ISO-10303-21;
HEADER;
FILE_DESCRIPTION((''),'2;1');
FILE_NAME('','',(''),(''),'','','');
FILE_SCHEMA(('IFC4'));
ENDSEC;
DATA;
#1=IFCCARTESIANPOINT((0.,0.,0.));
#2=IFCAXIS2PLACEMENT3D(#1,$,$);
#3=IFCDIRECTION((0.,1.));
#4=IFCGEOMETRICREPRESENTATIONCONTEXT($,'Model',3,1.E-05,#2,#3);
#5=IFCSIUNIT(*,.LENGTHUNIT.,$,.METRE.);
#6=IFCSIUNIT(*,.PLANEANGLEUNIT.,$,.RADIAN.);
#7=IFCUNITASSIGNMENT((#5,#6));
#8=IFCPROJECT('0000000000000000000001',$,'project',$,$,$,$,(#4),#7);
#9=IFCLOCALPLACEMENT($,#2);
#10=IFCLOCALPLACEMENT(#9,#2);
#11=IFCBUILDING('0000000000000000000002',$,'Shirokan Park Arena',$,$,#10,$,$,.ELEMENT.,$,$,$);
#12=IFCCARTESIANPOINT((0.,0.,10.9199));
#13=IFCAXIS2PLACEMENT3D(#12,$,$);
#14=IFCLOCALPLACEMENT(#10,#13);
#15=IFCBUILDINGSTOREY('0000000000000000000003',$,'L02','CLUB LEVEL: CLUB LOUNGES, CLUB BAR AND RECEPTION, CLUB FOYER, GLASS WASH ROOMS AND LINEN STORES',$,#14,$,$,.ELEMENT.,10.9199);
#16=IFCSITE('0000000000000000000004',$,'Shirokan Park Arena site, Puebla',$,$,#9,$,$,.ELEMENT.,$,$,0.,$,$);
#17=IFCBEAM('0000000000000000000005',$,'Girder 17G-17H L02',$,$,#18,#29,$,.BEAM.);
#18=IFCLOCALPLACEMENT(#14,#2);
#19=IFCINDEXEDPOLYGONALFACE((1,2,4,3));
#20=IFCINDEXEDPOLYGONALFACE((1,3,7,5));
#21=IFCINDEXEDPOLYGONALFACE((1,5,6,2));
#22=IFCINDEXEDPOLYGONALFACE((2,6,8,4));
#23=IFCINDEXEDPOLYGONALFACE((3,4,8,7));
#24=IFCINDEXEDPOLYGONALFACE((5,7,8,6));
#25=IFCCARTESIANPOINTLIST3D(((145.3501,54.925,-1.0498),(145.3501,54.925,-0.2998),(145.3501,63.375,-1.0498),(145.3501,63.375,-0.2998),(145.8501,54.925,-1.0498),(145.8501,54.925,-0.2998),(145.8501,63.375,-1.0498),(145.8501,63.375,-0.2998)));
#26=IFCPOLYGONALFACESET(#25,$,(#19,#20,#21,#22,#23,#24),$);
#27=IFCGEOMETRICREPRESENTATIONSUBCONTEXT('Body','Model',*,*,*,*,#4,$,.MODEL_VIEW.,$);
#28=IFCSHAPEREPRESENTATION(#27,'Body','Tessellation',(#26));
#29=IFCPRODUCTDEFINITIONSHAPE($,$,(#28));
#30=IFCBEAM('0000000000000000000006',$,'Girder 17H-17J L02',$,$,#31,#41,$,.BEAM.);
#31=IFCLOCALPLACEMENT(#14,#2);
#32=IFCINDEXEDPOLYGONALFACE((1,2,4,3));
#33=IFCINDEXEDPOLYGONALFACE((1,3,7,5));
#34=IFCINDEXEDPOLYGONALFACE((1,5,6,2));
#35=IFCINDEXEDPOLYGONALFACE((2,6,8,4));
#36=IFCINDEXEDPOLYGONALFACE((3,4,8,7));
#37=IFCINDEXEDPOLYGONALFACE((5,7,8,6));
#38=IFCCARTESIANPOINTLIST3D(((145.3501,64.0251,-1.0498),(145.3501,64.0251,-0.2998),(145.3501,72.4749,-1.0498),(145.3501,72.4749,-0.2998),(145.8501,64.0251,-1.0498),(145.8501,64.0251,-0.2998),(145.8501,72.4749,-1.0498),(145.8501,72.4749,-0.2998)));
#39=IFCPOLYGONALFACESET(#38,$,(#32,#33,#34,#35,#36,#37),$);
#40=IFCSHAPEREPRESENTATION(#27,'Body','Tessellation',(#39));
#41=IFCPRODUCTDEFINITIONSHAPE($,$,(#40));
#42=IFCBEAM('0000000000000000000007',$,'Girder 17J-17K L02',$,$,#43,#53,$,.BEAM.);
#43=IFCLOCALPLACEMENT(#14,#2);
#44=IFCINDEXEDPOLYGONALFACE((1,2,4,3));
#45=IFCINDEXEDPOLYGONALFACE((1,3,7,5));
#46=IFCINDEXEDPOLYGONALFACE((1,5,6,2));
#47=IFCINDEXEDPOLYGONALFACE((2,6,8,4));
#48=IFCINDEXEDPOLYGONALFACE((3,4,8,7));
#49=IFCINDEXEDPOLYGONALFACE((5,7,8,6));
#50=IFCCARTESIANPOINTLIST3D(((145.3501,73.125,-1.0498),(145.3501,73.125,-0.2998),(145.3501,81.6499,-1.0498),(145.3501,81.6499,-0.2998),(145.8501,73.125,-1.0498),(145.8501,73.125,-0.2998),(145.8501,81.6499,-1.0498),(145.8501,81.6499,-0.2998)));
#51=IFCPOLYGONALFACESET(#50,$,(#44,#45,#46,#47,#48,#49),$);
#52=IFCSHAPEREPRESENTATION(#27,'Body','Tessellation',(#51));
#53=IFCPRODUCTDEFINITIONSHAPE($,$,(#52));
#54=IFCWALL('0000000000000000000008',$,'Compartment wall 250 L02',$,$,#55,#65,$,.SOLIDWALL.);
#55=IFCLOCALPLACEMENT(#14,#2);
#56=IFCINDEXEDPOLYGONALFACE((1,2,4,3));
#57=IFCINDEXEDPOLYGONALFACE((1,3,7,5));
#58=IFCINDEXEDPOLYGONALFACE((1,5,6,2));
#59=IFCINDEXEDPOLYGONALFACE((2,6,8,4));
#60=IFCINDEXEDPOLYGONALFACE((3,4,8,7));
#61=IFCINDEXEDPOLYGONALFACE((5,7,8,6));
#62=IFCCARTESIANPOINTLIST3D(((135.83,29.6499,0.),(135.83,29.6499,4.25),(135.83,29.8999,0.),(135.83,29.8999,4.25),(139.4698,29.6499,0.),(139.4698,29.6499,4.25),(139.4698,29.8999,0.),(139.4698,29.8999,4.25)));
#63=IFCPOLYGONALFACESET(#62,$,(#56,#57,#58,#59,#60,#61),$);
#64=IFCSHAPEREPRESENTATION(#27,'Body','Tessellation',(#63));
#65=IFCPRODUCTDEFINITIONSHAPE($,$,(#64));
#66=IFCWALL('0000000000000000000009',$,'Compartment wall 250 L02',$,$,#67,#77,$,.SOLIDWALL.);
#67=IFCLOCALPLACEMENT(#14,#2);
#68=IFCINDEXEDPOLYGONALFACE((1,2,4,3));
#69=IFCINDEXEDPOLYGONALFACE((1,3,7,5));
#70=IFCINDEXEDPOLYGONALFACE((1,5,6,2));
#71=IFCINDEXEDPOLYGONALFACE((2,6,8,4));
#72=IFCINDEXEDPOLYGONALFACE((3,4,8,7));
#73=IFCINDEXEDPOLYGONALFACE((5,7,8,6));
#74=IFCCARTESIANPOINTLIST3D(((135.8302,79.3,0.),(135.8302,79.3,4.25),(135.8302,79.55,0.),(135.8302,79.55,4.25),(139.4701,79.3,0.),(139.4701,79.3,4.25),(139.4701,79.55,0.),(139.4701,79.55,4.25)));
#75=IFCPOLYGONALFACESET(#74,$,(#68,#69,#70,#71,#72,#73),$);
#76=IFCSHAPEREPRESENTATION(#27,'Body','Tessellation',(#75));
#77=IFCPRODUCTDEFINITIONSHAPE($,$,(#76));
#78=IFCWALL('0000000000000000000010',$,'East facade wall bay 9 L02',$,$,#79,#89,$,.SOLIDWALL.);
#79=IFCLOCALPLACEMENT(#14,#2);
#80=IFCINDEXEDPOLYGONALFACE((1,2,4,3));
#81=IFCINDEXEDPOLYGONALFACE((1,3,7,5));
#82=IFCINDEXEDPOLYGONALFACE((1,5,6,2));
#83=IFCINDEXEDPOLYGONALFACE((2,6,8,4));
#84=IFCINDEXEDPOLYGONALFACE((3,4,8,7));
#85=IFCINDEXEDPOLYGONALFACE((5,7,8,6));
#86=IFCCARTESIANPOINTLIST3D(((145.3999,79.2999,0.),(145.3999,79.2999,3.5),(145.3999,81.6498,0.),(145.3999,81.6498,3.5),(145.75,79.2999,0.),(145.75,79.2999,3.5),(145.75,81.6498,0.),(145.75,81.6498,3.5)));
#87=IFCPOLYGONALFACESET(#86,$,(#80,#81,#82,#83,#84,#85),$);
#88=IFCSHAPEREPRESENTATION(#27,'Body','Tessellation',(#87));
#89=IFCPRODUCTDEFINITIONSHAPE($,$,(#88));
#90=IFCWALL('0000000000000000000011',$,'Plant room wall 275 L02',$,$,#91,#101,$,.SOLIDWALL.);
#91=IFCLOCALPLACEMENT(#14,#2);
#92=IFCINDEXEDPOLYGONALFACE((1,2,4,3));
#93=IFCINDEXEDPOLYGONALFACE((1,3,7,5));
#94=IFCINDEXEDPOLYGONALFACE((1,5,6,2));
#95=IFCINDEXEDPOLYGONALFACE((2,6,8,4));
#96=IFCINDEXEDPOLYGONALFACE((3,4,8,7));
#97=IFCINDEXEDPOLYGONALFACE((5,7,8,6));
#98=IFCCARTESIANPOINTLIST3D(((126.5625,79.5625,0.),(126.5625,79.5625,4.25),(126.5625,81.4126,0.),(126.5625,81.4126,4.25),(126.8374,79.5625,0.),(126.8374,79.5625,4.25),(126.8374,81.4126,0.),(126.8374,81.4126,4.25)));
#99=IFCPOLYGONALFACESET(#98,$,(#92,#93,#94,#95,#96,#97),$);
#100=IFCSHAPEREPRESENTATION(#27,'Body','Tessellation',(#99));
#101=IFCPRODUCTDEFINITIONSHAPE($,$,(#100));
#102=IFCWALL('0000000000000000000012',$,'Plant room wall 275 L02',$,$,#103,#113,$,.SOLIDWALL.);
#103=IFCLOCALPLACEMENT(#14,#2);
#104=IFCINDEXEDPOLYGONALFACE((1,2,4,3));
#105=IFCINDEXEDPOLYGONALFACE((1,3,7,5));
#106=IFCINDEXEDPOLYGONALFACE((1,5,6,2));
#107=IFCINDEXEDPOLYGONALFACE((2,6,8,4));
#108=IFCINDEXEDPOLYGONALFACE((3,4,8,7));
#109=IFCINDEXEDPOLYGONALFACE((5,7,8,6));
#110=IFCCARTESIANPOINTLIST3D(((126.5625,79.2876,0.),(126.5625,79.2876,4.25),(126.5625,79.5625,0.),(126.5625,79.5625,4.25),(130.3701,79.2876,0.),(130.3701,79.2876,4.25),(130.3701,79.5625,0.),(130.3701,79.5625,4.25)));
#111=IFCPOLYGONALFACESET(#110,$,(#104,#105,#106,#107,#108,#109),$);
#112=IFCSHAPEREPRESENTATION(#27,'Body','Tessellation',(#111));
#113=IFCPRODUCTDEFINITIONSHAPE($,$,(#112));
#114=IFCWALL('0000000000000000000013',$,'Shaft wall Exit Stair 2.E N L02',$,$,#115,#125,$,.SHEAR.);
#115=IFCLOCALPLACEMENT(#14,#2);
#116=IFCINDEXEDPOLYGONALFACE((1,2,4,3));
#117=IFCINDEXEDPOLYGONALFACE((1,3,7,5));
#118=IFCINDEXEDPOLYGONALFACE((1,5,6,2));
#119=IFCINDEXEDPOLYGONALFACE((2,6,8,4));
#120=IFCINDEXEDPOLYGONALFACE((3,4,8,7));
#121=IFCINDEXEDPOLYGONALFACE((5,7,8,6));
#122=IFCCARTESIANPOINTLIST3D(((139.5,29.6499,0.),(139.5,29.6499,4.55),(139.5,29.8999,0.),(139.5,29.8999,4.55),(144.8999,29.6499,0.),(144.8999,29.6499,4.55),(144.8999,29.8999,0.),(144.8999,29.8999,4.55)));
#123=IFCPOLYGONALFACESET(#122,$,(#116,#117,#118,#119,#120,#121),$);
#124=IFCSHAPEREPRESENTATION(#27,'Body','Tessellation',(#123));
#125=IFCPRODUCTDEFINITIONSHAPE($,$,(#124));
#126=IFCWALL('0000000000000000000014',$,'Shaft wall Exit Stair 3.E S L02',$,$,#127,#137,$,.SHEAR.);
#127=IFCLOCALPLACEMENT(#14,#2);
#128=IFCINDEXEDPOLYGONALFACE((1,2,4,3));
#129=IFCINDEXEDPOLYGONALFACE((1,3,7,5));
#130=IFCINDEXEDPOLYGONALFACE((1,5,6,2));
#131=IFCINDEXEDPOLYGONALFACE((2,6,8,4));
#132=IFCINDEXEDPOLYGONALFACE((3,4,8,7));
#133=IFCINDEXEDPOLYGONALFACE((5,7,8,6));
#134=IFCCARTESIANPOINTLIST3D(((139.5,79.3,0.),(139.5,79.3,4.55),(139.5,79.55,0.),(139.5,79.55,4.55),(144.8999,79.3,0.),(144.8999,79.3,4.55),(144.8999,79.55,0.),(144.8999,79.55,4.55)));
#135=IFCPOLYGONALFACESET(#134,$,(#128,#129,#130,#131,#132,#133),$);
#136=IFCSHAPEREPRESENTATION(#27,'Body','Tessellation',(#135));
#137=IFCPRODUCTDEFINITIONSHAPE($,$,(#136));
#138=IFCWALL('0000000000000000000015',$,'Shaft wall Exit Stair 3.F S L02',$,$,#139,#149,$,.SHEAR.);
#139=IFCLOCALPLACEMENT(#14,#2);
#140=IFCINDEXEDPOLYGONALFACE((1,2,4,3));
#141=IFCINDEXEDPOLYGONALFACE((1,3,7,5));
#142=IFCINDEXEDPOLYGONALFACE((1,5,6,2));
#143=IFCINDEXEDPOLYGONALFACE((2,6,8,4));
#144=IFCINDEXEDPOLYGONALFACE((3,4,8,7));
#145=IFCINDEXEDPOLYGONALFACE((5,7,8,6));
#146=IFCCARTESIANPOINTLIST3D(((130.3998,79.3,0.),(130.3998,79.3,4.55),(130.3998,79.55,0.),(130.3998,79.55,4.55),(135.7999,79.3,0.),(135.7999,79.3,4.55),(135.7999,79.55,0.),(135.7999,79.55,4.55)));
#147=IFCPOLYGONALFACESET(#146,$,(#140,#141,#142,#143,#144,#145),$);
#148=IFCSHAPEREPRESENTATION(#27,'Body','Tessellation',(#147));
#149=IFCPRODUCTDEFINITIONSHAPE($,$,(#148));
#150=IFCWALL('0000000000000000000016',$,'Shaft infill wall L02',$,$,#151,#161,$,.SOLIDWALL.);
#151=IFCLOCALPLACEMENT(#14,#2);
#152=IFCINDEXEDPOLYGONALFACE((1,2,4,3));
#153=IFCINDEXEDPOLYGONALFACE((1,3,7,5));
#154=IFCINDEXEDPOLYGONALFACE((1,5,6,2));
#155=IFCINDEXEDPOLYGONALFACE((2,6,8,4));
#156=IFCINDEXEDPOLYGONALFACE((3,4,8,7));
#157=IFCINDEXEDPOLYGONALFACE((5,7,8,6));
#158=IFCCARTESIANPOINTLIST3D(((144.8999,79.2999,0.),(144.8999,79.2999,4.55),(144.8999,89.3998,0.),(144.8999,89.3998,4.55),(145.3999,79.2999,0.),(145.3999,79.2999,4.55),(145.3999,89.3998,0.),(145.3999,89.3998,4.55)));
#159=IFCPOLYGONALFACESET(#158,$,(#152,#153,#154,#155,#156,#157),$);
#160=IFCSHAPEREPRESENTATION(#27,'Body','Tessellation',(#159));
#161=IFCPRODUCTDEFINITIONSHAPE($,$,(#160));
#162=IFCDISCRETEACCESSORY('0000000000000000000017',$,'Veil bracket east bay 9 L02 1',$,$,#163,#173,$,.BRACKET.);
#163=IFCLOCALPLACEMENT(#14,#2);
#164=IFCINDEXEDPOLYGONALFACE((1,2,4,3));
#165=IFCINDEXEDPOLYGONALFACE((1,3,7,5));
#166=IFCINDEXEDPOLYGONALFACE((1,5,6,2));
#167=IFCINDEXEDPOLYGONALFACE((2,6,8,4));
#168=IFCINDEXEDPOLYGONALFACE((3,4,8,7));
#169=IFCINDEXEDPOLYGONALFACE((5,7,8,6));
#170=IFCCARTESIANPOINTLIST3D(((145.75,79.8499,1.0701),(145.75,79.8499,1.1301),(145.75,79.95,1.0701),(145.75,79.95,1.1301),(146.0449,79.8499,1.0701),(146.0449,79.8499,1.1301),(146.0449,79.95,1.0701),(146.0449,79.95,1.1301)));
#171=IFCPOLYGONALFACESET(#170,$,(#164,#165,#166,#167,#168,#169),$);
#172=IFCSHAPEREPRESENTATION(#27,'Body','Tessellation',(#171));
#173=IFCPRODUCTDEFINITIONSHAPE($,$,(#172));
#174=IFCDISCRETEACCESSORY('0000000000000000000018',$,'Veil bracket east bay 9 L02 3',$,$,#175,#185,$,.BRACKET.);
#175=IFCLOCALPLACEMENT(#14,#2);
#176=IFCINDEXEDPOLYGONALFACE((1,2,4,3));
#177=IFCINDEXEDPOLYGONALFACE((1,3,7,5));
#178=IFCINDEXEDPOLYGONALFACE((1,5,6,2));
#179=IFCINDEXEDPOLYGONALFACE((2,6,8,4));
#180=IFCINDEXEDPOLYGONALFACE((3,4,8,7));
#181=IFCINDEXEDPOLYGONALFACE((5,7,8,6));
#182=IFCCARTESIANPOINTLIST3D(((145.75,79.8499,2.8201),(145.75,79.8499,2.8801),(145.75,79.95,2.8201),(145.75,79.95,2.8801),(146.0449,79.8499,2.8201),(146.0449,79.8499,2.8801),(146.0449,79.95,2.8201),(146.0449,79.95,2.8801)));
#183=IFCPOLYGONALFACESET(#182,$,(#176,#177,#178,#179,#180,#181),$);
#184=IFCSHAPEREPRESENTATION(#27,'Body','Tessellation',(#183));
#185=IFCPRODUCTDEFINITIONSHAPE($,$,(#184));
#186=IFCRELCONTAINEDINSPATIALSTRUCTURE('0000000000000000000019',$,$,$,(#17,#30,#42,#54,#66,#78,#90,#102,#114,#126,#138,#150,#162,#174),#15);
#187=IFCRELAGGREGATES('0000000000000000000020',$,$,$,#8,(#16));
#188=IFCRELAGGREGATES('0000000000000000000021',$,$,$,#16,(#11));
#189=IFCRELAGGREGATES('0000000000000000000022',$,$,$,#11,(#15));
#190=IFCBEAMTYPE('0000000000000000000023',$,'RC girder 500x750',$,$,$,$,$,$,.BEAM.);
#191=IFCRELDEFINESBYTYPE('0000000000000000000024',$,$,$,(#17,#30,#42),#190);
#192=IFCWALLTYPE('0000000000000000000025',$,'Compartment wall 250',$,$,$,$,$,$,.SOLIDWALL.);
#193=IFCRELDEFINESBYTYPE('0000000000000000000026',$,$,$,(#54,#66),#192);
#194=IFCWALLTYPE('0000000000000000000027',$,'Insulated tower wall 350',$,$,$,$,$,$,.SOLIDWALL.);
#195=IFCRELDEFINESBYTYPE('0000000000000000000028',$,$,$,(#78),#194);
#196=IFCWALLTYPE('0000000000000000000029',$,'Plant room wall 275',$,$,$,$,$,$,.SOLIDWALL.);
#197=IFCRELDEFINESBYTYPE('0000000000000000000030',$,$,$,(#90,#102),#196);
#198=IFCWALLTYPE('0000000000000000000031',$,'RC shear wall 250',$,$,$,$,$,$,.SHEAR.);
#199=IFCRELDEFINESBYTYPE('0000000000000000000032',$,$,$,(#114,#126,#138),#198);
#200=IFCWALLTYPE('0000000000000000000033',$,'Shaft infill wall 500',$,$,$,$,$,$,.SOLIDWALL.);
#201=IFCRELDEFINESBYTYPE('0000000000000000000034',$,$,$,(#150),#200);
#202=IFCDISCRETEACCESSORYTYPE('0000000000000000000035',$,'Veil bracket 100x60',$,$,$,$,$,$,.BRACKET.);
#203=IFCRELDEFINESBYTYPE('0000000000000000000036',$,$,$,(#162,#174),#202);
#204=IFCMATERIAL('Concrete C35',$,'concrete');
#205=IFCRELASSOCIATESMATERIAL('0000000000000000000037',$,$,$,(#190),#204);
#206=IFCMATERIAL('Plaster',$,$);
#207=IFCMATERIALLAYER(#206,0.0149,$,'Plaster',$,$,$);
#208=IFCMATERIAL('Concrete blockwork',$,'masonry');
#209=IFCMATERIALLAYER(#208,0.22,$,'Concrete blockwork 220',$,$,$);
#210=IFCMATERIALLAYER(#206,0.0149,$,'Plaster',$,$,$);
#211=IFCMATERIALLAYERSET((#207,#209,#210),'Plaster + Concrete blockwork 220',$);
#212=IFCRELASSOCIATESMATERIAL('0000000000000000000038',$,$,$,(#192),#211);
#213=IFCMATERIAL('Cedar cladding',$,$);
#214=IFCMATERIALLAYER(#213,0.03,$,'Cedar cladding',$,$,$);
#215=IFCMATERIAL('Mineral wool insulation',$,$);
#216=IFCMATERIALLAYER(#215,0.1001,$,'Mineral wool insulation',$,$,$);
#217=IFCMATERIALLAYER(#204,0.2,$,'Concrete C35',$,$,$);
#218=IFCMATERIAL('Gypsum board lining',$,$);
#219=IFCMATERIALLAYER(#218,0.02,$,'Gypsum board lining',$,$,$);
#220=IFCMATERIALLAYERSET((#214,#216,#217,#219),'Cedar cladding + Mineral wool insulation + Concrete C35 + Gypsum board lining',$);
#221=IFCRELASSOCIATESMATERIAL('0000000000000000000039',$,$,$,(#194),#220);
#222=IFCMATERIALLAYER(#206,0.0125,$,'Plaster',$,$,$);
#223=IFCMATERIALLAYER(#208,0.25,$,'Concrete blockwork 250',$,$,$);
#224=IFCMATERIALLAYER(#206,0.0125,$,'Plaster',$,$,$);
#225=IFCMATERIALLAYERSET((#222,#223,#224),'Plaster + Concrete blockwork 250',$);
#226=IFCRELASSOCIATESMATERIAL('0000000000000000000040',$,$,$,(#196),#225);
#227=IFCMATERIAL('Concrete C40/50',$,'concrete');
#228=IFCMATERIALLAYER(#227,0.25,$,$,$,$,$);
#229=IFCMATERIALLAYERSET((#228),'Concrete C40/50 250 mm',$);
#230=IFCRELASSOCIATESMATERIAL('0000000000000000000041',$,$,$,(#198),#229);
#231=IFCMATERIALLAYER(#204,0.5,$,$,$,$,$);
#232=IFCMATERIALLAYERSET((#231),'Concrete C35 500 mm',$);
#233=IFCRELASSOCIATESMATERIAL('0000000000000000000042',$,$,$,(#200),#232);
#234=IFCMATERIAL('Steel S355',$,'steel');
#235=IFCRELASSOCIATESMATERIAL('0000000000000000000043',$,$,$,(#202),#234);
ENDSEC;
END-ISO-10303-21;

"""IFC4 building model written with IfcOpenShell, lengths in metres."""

from ifc_helpers import new_model, si_unit, direction, frame, frame_2d, origin, origin_2d, place, context, subcontext, project, spatial, rectangle, extrude, material, layer, layer_set, material_profile, profile_set, type_object, element, save


model = new_model("IFC4")

# Units and contexts
model_context = context("Model", 3, precision=1e-05, world=origin(), true_north=direction((0.0, 1.0)))
body_context = subcontext(model_context, "Body", "Model", "MODEL_VIEW")
ifc_project = project(units=[si_unit("LENGTHUNIT", "METRE"), si_unit("PLANEANGLEUNIT", "RADIAN")], contexts=[model_context])

# Site, building, storey
site_placement = place(None, origin())
site = spatial("IfcSite", under=ifc_project, at=site_placement, Name="Shirokan Park Arena site, Puebla", CompositionType="ELEMENT", RefElevation=0.0)
building_placement = place(site_placement, origin())
building = spatial("IfcBuilding", under=site, at=building_placement, Name="Shirokan Park Arena", CompositionType="ELEMENT")
storey_placement = place(building_placement, frame((0.0, 0.0, 10.9199)))
storey = spatial("IfcBuildingStorey", under=building, at=storey_placement, Name="L02", Description="CLUB LEVEL: CLUB LOUNGES, CLUB BAR AND RECEPTION, CLUB FOYER, GLASS WASH ROOMS AND LINEN STORES", CompositionType="ELEMENT", Elevation=10.9199)

# Shared definitions
ifc_material_1 = material(Name="Concrete C35", Category="concrete")

# Beams
ifc_material_profile_1 = material_profile(ifc_material_1, rectangle(XDim=0.5, YDim=0.75, at=origin_2d()), Name="500x750")
ifc_profile_set_1 = profile_set([ifc_material_profile_1], Name="Concrete C35")
beam_type = type_object("IfcBeamType", Name="RC girder 500x750", PredefinedType="BEAM", material=ifc_profile_set_1)
beam_1_placement = place(storey_placement, frame((145.6001, 54.925, -0.6748), z_axis=(0.0, 1.0, 0.0), x_axis=(-1.0, 0.0, 0.0)))
element("IfcBeam", 1, at=beam_1_placement, inside=storey, type_object=beam_type, Name="Girder 17G-17H L02", PredefinedType="BEAM", context=body_context, shape_type="SweptSolid", body=[
    extrude(rectangle(XDim=0.5, YDim=0.75, at=origin_2d()), origin(), (0.0, 0.0, 1.0), 8.45),
])
beam_2_placement = place(storey_placement, frame((145.6001, 64.0251, -0.6748), z_axis=(0.0, 1.0, 0.0), x_axis=(-1.0, 0.0, 0.0)))
element("IfcBeam", 2, at=beam_2_placement, inside=storey, type_object=beam_type, Name="Girder 17H-17J L02", PredefinedType="BEAM", context=body_context, shape_type="SweptSolid", body=[
    extrude(rectangle(XDim=0.5, YDim=0.75, at=origin_2d()), origin(), (0.0, 0.0, 1.0), 8.4497),
])
beam_3_placement = place(storey_placement, frame((145.6001, 73.125, -0.6748), z_axis=(0.0, 1.0, 0.0), x_axis=(-1.0, 0.0, 0.0)))
element("IfcBeam", 3, at=beam_3_placement, inside=storey, type_object=beam_type, Name="Girder 17J-17K L02", PredefinedType="BEAM", context=body_context, shape_type="SweptSolid", body=[
    extrude(rectangle(XDim=0.5, YDim=0.75, at=origin_2d()), origin(), (0.0, 0.0, 1.0), 8.5249),
])

# Walls
ifc_material_2 = material(Name="Plaster")
ifc_layer_1 = layer(ifc_material_2, 0.0149, Name="Plaster")
ifc_material_3 = material(Name="Concrete blockwork", Category="masonry")
ifc_layer_2 = layer(ifc_material_3, 0.22, Name="Concrete blockwork 220")
ifc_layer_3 = layer(ifc_material_2, 0.0149, Name="Plaster")
ifc_layer_set_1 = layer_set([ifc_layer_1, ifc_layer_2, ifc_layer_3], Name="Plaster + Concrete blockwork 220")
wall_type_1 = type_object("IfcWallType", Name="Compartment wall 250", PredefinedType="SOLIDWALL", material=ifc_layer_set_1)
for number, where, z_axis, x_axis, name in (
    (4, (135.8301, 29.7749, 0.0), (0.0, 0.0, 1.0), (1.0, 0.0, 0.0), "Compartment wall 250 L02"),
    (5, (139.47, 79.425, 0.0), (0.0, 0.0, 1.0), (-1.0, 0.0, 0.0), "Compartment wall 250 L02"),
):
    element("IfcWall", number, at=place(storey_placement, frame(where, z_axis=z_axis, x_axis=x_axis)), inside=storey, type_object=wall_type_1, Name=name, PredefinedType="SOLIDWALL", context=body_context, shape_type="SweptSolid", body=[
        extrude(rectangle(XDim=3.6399, YDim=0.25, at=frame_2d((1.8198, 0.0))), origin(), (0.0, 0.0, 1.0), 4.25),
    ])
ifc_material_4 = material(Name="Cedar cladding")
ifc_layer_4 = layer(ifc_material_4, 0.03, Name="Cedar cladding")
ifc_material_5 = material(Name="Mineral wool insulation")
ifc_layer_5 = layer(ifc_material_5, 0.1001, Name="Mineral wool insulation")
ifc_layer_6 = layer(ifc_material_1, 0.2, Name="Concrete C35")
ifc_material_6 = material(Name="Gypsum board lining")
ifc_layer_7 = layer(ifc_material_6, 0.02, Name="Gypsum board lining")
ifc_layer_set_2 = layer_set([ifc_layer_4, ifc_layer_5, ifc_layer_6, ifc_layer_7], Name="Cedar cladding + Mineral wool insulation + Concrete C35 + Gypsum board lining")
wall_type_2 = type_object("IfcWallType", Name="Insulated tower wall 350", PredefinedType="SOLIDWALL", material=ifc_layer_set_2)
wall_1_placement = place(storey_placement, frame((145.575, 79.3, 0.0), z_axis=(0.0, 0.0, 1.0), x_axis=(0.0, 1.0, 0.0)))
element("IfcWall", 6, at=wall_1_placement, inside=storey, type_object=wall_type_2, Name="East facade wall bay 9 L02", PredefinedType="SOLIDWALL", context=body_context, shape_type="SweptSolid", body=[
    extrude(rectangle(XDim=2.3499, YDim=0.3501, at=frame_2d((1.1748, 0.0))), origin(), (0.0, 0.0, 1.0), 3.5),
])
ifc_layer_8 = layer(ifc_material_2, 0.0125, Name="Plaster")
ifc_layer_9 = layer(ifc_material_3, 0.25, Name="Concrete blockwork 250")
ifc_layer_10 = layer(ifc_material_2, 0.0125, Name="Plaster")
ifc_layer_set_3 = layer_set([ifc_layer_8, ifc_layer_9, ifc_layer_10], Name="Plaster + Concrete blockwork 250")
wall_type_3 = type_object("IfcWallType", Name="Plant room wall 275", PredefinedType="SOLIDWALL", material=ifc_layer_set_3)
wall_2_placement = place(storey_placement, frame((126.7, 79.5625, 0.0), z_axis=(0.0, 0.0, 1.0), x_axis=(0.0, 1.0, 0.0)))
element("IfcWall", 7, at=wall_2_placement, inside=storey, type_object=wall_type_3, Name="Plant room wall 275 L02", PredefinedType="SOLIDWALL", context=body_context, shape_type="SweptSolid", body=[
    extrude(rectangle(XDim=1.8501, YDim=0.2749, at=frame_2d((0.925, 0.0))), origin(), (0.0, 0.0, 1.0), 4.25),
])
wall_3_placement = place(storey_placement, frame((130.3701, 79.425, 0.0), z_axis=(0.0, 0.0, 1.0), x_axis=(-1.0, 0.0, 0.0)))
element("IfcWall", 8, at=wall_3_placement, inside=storey, type_object=wall_type_3, Name="Plant room wall 275 L02", PredefinedType="SOLIDWALL", context=body_context, shape_type="SweptSolid", body=[
    extrude(rectangle(XDim=3.8076, YDim=0.2749, at=frame_2d((1.9038, 0.0))), origin(), (0.0, 0.0, 1.0), 4.25),
])
ifc_material_7 = material(Name="Concrete C40/50", Category="concrete")
ifc_layer_11 = layer(ifc_material_7, 0.25)
ifc_layer_set_4 = layer_set([ifc_layer_11], Name="Concrete C40/50 250 mm")
wall_type_4 = type_object("IfcWallType", Name="RC shear wall 250", PredefinedType="SHEAR", material=ifc_layer_set_4)
for number, where, z_axis, x_axis, name in (
    (9, (144.8999, 29.7749, 0.0), (0.0, 0.0, 1.0), (-1.0, 0.0, 0.0), "Shaft wall Exit Stair 2.E N L02"),
    (10, (144.8999, 79.425, 0.0), (0.0, 0.0, 1.0), (-1.0, 0.0, 0.0), "Shaft wall Exit Stair 3.E S L02"),
):
    element("IfcWall", number, at=place(storey_placement, frame(where, z_axis=z_axis, x_axis=x_axis)), inside=storey, type_object=wall_type_4, Name=name, PredefinedType="SHEAR", context=body_context, shape_type="SweptSolid", body=[
        extrude(rectangle(XDim=5.3999, YDim=0.25, at=frame_2d((2.7, 0.0))), origin(), (0.0, 0.0, 1.0), 4.55),
    ])
wall_4_placement = place(storey_placement, frame((135.8, 79.425, 0.0), z_axis=(0.0, 0.0, 1.0), x_axis=(-1.0, 0.0, 0.0)))
element("IfcWall", 11, at=wall_4_placement, inside=storey, type_object=wall_type_4, Name="Shaft wall Exit Stair 3.F S L02", PredefinedType="SHEAR", context=body_context, shape_type="SweptSolid", body=[
    extrude(rectangle(XDim=5.4001, YDim=0.25, at=frame_2d((2.7002, 0.0))), origin(), (0.0, 0.0, 1.0), 4.55),
])
ifc_layer_12 = layer(ifc_material_1, 0.5)
ifc_layer_set_5 = layer_set([ifc_layer_12], Name="Concrete C35 500 mm")
wall_type_5 = type_object("IfcWallType", Name="Shaft infill wall 500", PredefinedType="SOLIDWALL", material=ifc_layer_set_5)
wall_5_placement = place(storey_placement, frame((145.1499, 79.3, 0.0), z_axis=(0.0, 0.0, 1.0), x_axis=(0.0, 1.0, 0.0)))
element("IfcWall", 12, at=wall_5_placement, inside=storey, type_object=wall_type_5, Name="Shaft infill wall L02", PredefinedType="SOLIDWALL", context=body_context, shape_type="SweptSolid", body=[
    extrude(rectangle(XDim=10.0999, YDim=0.5, at=frame_2d((5.0498, 0.0))), origin(), (0.0, 0.0, 1.0), 4.55),
])

# Discrete accessories
ifc_material_8 = material(Name="Steel S355", Category="steel")
discrete_accessory_type = type_object("IfcDiscreteAccessoryType", Name="Veil bracket 100x60", PredefinedType="BRACKET", material=ifc_material_8)
for number, where, z_axis, x_axis, name in (
    (13, (145.8975, 79.8999, 1.0701), (0.0, 0.0, 1.0), (0.0, 1.0, 0.0), "Veil bracket east bay 9 L02 1"),
    (14, (145.8975, 79.8999, 2.8201), (0.0, 0.0, 1.0), (0.0, 1.0, 0.0), "Veil bracket east bay 9 L02 3"),
):
    element("IfcDiscreteAccessory", number, at=place(storey_placement, frame(where, z_axis=z_axis, x_axis=x_axis)), inside=storey, type_object=discrete_accessory_type, Name=name, PredefinedType="BRACKET", context=body_context, shape_type="SweptSolid", body=[
        extrude(rectangle(XDim=0.1001, YDim=0.2949, at=origin_2d()), origin(), (0.0, 0.0, 1.0), 0.0601),
    ])

save(model, "model.ifc")
